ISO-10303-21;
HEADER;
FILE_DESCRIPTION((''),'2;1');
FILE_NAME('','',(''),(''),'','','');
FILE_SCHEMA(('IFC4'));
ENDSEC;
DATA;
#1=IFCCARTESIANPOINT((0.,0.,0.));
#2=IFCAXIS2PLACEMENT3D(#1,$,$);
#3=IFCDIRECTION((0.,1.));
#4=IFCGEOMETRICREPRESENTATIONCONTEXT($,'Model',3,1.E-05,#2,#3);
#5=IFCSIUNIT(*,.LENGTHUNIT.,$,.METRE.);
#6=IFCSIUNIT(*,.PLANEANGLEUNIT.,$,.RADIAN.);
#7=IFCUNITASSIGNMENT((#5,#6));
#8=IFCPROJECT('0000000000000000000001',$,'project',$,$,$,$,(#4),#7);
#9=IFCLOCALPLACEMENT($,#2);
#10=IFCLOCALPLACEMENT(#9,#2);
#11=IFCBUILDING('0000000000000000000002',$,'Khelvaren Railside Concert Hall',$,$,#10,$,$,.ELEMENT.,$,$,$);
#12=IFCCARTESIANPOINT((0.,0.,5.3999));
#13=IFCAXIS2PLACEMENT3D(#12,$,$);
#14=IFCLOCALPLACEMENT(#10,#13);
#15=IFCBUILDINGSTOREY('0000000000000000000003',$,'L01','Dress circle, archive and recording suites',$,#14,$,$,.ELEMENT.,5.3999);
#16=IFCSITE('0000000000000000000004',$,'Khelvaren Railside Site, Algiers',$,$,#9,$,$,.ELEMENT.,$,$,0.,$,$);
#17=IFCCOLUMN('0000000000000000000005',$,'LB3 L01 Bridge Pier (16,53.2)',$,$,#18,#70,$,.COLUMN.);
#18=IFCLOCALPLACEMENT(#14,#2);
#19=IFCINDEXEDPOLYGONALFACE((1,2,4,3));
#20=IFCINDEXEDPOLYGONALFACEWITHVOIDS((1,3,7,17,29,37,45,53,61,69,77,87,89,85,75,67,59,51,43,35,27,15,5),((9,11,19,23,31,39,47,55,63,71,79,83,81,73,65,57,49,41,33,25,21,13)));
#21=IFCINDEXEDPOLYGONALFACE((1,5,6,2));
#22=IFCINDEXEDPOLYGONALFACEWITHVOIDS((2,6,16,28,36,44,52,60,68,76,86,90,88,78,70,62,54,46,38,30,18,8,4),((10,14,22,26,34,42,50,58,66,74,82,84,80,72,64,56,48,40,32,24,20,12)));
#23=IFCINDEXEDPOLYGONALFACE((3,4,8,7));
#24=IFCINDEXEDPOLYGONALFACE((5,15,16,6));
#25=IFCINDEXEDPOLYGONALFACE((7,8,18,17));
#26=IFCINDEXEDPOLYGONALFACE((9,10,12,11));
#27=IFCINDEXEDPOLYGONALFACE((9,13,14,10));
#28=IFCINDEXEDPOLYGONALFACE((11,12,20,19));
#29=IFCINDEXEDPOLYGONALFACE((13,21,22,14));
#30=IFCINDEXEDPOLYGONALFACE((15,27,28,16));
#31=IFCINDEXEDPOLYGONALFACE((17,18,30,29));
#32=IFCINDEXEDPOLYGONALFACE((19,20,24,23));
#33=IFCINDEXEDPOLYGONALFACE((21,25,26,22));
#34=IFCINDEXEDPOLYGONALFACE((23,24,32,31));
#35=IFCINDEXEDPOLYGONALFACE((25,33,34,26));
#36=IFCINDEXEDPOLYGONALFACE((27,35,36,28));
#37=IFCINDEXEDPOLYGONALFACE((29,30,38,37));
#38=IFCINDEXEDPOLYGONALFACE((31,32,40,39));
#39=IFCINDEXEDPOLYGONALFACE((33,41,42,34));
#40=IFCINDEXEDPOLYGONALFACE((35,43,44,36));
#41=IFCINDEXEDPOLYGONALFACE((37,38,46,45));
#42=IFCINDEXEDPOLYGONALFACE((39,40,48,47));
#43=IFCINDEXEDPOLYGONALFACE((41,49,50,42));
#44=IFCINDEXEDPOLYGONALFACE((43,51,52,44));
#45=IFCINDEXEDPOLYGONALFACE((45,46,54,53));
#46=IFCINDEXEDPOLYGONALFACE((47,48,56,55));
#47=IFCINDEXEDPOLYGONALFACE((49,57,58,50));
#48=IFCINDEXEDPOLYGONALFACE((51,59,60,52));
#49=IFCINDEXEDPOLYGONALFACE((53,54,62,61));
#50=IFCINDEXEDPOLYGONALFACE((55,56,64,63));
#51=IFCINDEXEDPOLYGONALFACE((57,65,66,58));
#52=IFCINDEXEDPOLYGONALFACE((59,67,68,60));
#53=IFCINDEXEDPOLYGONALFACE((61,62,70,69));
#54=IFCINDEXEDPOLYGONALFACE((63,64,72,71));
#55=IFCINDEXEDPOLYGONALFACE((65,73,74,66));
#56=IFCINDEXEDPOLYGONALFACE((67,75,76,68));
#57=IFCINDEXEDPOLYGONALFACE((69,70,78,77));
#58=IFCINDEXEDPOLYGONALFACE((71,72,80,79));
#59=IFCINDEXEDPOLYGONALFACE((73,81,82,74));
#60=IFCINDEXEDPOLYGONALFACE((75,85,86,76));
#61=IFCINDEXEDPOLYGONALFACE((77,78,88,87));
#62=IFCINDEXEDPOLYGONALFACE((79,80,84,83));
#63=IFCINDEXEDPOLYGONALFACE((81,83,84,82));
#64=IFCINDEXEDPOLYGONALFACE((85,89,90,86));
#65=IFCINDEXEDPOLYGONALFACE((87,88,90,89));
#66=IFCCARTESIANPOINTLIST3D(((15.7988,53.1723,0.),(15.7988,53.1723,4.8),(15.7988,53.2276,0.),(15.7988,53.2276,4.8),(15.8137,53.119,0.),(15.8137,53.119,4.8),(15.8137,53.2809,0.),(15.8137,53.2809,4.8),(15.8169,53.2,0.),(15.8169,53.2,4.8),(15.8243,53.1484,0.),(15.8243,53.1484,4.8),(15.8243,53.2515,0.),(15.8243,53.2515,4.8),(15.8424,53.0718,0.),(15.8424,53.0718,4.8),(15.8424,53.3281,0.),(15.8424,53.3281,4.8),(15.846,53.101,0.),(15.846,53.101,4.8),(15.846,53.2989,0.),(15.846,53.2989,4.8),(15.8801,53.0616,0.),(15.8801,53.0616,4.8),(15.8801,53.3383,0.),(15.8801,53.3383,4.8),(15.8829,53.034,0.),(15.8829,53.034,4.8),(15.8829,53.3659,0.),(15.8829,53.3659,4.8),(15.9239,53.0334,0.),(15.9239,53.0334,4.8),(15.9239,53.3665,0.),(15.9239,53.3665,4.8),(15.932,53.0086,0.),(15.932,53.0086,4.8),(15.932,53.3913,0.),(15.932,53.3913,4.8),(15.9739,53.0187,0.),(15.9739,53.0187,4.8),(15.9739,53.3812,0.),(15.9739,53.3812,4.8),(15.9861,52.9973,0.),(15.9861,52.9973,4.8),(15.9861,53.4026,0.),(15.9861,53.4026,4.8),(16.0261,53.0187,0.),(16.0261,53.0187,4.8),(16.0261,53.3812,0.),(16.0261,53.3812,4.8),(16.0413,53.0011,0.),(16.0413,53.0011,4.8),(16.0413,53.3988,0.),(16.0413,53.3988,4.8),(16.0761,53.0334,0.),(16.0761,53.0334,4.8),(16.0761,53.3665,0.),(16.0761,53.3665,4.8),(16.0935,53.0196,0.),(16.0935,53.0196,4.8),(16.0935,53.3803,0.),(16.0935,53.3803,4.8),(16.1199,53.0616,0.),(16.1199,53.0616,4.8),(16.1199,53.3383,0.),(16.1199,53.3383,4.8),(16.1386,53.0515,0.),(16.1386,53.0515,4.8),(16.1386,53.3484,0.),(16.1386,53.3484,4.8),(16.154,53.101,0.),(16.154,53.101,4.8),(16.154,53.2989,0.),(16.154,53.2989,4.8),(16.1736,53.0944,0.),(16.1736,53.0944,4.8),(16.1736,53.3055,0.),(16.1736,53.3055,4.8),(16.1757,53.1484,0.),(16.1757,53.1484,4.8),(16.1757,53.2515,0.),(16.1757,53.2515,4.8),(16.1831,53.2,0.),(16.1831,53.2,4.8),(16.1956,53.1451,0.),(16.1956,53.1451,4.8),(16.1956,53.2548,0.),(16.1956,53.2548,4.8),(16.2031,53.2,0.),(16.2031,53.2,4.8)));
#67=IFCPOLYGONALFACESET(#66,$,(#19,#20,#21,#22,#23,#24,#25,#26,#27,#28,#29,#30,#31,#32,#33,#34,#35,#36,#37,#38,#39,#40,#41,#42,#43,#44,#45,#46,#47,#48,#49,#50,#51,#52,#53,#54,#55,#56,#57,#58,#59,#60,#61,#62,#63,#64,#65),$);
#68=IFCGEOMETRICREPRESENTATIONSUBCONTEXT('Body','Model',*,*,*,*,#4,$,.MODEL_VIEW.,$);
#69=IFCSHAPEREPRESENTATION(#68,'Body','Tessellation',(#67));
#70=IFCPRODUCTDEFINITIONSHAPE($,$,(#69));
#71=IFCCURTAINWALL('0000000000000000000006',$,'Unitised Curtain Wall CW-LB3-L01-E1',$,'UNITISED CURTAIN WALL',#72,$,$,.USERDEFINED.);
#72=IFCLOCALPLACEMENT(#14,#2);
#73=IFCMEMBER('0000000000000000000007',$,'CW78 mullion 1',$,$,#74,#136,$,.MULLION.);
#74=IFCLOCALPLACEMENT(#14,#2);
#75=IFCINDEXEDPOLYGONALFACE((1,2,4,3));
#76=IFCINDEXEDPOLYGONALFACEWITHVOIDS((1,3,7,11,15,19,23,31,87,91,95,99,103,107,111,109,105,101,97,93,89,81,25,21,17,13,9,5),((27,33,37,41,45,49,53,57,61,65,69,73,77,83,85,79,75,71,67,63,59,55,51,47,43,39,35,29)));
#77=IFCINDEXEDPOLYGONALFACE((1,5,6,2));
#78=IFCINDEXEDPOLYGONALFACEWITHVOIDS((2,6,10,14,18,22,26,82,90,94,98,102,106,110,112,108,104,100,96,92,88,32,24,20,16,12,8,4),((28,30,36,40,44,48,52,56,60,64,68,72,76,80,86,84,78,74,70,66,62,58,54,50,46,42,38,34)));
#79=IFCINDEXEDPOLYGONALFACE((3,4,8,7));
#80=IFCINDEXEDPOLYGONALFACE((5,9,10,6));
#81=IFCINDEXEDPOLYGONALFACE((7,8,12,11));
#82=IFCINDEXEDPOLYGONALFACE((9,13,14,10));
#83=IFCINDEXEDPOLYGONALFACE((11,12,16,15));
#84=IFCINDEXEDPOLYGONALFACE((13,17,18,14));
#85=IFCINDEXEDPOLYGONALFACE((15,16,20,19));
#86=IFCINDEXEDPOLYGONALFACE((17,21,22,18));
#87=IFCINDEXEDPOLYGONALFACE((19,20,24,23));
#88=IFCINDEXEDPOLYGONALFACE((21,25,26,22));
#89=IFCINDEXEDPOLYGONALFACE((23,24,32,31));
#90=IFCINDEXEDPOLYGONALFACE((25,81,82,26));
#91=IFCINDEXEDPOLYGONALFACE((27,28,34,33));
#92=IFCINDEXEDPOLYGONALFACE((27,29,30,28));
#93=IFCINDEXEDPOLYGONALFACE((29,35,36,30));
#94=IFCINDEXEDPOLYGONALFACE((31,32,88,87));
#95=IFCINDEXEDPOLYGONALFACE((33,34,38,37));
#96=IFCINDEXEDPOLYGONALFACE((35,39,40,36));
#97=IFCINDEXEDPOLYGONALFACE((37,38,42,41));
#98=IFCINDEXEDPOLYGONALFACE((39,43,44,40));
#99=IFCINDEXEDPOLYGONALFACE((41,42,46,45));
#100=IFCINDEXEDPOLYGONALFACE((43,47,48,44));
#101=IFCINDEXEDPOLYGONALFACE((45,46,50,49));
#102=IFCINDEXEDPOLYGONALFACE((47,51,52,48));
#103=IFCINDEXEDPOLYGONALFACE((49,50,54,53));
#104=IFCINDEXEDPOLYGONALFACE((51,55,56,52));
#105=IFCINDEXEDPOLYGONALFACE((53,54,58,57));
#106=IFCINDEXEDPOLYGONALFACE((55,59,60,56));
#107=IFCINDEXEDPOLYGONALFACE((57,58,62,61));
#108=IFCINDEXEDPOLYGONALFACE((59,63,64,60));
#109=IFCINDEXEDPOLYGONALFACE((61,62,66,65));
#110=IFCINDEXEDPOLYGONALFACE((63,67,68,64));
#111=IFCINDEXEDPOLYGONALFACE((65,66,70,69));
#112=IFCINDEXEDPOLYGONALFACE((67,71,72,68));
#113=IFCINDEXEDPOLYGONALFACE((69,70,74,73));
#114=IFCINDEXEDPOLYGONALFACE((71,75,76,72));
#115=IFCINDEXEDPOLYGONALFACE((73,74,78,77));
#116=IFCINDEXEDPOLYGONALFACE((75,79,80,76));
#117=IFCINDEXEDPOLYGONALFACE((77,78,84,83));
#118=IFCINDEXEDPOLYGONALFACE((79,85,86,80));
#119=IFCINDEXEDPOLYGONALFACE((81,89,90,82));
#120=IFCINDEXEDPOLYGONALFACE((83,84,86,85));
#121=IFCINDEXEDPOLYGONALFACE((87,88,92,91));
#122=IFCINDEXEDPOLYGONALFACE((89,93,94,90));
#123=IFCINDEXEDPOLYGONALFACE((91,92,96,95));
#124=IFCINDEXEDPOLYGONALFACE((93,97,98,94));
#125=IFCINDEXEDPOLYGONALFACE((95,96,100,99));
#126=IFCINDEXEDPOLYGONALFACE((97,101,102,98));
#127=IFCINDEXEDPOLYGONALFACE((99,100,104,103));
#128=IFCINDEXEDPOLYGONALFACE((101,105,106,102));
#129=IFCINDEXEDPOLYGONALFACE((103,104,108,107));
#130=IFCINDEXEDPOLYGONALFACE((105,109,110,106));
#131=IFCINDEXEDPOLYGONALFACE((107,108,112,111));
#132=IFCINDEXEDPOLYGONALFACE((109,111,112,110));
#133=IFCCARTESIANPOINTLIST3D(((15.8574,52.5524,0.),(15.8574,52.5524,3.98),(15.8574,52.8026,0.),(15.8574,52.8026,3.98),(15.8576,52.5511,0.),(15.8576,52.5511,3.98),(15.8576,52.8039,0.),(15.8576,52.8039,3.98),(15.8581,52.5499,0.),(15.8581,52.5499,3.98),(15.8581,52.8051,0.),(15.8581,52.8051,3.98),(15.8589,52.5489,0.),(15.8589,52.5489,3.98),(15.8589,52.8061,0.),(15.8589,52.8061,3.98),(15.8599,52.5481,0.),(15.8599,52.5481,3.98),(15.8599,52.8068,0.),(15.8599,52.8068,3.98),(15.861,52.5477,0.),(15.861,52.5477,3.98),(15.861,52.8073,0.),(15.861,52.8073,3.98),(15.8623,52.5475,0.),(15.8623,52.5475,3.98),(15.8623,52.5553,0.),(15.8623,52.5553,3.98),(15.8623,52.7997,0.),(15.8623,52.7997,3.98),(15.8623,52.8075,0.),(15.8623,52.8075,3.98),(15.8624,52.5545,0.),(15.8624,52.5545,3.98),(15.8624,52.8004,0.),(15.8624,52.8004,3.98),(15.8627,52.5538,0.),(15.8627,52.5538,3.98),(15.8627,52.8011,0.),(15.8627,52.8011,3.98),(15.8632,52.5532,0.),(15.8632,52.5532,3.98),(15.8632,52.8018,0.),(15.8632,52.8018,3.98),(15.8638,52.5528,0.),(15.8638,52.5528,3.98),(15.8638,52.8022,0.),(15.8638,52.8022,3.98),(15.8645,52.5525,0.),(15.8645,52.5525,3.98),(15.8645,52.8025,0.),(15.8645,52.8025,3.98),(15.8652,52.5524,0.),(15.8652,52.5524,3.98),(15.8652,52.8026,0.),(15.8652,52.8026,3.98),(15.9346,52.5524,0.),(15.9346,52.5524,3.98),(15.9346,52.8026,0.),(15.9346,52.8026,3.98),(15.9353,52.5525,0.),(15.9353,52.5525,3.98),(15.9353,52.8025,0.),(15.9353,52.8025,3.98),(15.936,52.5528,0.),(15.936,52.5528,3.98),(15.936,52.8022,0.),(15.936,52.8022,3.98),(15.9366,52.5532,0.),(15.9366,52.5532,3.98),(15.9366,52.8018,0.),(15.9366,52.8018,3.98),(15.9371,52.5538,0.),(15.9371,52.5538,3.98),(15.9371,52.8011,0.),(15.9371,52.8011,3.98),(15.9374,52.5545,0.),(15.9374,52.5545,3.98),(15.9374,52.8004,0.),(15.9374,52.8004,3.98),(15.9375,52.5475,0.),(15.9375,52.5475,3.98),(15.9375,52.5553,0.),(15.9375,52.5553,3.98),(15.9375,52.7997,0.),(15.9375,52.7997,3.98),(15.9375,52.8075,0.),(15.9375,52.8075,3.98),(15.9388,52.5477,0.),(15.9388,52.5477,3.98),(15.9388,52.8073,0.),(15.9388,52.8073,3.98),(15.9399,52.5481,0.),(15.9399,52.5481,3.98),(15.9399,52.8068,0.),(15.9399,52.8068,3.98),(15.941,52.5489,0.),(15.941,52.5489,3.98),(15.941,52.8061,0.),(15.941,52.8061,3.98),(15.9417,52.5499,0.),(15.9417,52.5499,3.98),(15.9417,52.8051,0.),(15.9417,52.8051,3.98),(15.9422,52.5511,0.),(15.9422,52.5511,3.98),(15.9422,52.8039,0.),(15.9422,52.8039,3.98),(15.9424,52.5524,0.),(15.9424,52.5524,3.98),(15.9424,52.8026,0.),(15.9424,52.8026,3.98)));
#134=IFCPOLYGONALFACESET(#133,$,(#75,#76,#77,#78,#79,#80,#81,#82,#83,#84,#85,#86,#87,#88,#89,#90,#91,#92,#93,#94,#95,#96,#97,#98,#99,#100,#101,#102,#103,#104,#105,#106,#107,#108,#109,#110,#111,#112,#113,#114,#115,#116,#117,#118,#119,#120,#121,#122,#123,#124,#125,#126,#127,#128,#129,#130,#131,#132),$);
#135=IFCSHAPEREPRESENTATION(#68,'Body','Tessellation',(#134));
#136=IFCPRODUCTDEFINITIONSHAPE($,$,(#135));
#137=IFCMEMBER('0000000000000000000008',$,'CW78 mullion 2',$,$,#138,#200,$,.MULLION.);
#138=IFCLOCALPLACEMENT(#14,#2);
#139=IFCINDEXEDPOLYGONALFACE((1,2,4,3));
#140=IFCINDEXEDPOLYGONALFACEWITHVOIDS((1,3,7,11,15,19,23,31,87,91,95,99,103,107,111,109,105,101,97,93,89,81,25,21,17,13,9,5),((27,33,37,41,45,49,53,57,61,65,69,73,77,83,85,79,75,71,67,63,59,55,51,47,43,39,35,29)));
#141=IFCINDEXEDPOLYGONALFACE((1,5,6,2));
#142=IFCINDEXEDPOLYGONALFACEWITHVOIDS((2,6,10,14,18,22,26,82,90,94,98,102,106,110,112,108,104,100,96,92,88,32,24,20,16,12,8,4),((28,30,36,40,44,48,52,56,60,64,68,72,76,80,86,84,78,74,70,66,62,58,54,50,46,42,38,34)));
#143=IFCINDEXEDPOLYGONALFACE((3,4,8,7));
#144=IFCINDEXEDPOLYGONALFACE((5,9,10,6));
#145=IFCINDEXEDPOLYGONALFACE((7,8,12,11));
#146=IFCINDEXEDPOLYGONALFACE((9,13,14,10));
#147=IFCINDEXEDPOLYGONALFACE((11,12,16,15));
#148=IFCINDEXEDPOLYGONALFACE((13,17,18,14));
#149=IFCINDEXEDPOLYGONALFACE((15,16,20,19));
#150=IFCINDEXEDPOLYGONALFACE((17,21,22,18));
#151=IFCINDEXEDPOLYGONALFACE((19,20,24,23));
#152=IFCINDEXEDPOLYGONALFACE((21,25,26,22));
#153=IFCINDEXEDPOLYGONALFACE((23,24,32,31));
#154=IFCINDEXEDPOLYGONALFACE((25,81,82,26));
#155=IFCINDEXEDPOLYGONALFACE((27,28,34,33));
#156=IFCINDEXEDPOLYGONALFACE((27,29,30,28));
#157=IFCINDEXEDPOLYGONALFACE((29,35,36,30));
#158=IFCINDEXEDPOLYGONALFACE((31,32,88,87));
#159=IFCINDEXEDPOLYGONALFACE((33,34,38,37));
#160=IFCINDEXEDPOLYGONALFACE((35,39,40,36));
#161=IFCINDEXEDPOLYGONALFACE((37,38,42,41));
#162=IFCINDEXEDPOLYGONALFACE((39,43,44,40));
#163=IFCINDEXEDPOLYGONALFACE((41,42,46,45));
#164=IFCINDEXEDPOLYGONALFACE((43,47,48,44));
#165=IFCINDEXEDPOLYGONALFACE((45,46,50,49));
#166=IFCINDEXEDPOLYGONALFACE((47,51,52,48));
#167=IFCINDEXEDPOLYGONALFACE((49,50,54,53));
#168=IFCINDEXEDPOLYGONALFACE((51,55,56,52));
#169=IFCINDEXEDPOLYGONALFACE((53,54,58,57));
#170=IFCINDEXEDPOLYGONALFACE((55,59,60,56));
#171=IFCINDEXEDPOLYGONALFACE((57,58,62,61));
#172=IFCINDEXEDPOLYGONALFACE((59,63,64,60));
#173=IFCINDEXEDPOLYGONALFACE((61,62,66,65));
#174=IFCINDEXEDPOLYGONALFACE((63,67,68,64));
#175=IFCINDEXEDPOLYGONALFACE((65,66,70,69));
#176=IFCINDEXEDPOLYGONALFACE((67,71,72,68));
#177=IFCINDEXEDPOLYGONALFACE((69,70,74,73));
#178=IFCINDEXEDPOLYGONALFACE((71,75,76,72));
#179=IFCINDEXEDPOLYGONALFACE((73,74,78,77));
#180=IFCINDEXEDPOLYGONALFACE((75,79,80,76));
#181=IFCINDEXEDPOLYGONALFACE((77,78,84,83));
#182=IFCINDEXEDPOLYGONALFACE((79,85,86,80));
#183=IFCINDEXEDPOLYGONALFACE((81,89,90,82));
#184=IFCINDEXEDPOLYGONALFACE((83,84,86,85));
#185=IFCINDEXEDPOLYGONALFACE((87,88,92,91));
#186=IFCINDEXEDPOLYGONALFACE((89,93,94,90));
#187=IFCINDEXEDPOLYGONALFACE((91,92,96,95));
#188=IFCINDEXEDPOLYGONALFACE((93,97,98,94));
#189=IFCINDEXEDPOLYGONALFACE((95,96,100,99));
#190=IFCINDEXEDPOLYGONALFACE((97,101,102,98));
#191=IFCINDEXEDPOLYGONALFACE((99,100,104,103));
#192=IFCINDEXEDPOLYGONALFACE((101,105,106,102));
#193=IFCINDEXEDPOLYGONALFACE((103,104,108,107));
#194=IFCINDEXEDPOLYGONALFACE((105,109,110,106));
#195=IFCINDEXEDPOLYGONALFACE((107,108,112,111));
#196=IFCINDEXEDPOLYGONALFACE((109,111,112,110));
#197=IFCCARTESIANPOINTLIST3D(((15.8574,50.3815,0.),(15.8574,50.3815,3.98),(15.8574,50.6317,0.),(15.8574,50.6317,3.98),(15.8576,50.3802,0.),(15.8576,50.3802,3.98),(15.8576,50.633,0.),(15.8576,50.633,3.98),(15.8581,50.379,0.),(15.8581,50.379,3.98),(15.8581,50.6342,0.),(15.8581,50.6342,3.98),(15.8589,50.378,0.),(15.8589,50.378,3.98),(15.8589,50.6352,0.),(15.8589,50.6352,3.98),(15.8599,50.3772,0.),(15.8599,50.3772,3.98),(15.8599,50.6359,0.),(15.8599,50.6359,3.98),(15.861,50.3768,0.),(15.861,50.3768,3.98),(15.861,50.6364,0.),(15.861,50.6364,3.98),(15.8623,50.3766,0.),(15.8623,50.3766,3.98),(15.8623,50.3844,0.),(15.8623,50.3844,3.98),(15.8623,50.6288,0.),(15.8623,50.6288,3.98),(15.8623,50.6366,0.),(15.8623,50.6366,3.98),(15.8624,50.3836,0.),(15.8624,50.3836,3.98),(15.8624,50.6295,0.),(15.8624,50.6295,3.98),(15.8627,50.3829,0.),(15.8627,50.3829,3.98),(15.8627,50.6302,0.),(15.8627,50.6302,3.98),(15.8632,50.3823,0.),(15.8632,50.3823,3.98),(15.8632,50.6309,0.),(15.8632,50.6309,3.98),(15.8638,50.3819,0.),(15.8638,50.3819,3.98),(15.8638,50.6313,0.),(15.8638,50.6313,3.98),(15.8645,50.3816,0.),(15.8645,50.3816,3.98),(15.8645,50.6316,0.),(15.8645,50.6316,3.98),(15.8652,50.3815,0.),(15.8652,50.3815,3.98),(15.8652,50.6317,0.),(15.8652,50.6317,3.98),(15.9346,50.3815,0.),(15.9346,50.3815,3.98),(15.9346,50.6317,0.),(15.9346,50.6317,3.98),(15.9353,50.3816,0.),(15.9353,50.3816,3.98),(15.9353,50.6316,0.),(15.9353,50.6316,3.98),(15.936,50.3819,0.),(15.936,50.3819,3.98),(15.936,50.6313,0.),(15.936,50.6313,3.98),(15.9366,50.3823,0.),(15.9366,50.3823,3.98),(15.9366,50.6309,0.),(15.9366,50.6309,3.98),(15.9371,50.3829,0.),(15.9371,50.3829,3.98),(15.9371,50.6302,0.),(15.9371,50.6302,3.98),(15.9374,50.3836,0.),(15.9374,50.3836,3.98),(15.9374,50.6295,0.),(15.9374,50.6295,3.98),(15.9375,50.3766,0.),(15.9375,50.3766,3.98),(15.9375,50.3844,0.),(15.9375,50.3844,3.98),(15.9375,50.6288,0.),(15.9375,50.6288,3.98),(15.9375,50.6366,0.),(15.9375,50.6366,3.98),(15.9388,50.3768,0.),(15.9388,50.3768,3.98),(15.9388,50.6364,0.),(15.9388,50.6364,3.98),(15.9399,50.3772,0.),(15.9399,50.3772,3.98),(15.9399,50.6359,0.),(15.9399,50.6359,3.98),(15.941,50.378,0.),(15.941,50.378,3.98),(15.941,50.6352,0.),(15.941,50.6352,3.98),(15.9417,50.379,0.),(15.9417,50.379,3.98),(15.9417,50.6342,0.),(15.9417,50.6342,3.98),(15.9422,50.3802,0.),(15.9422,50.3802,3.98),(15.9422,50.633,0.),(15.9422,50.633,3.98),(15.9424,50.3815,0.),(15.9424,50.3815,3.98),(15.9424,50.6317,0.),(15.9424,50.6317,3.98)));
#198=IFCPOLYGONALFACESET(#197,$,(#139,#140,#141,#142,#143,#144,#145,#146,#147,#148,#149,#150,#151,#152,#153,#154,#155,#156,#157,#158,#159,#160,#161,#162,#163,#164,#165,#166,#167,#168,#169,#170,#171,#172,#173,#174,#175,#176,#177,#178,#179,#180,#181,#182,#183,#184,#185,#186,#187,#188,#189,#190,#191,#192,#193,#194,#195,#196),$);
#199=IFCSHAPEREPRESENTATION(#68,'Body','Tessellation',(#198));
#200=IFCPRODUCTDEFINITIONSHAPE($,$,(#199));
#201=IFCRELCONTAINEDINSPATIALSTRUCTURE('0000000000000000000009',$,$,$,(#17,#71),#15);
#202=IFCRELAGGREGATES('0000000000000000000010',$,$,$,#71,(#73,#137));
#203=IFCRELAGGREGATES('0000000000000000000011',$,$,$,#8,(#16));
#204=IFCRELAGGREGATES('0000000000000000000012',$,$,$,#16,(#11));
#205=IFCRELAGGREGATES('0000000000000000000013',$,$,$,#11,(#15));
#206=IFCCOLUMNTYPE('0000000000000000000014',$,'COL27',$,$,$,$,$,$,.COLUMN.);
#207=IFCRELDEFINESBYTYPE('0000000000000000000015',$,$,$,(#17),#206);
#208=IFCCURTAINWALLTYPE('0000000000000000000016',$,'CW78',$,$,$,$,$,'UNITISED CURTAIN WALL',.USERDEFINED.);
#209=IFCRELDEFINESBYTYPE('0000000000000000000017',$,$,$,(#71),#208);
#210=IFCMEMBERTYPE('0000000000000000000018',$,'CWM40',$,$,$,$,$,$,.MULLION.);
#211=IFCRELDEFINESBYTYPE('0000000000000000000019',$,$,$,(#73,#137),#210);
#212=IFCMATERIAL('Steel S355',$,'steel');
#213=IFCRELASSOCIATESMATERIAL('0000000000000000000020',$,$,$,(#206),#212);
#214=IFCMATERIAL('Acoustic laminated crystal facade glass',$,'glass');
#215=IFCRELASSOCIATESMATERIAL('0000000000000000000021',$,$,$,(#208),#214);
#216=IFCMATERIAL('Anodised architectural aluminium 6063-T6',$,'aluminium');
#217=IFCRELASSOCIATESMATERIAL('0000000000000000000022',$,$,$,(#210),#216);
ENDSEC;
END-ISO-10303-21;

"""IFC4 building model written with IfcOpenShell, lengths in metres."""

from ifc_helpers import new_model, si_unit, direction, frame, origin, origin_2d, place, context, subcontext, project, spatial, hollow_rectangle, hollow_circle, extrude, material, material_profile, profile_set, type_object, element, aggregate, save


model = new_model("IFC4")

# Units and contexts
model_context = context("Model", 3, precision=1e-05, world=origin(), true_north=direction((0.0, 1.0)))
body_context = subcontext(model_context, "Body", "Model", "MODEL_VIEW")
ifc_project = project(units=[si_unit("LENGTHUNIT", "METRE"), si_unit("PLANEANGLEUNIT", "RADIAN")], contexts=[model_context])

# Site, building, storey
site_placement = place(None, origin())
site = spatial("IfcSite", under=ifc_project, at=site_placement, Name="Khelvaren Railside Site, Algiers", CompositionType="ELEMENT", RefElevation=0.0)
building_placement = place(site_placement, origin())
building = spatial("IfcBuilding", under=site, at=building_placement, Name="Khelvaren Railside Concert Hall", CompositionType="ELEMENT")
storey_placement = place(building_placement, frame((0.0, 0.0, 5.3999)))
storey = spatial("IfcBuildingStorey", under=building, at=storey_placement, Name="L01", Description="Dress circle, archive and recording suites", CompositionType="ELEMENT", Elevation=5.3999)

# Column
ifc_material_1 = material(Name="Steel S355", Category="steel")
ifc_material_profile_1 = material_profile(ifc_material_1, hollow_circle(Radius=0.2031, WallThickness=0.02, at=origin_2d()), Name="CHS 406.4x20")
ifc_profile_set_1 = profile_set([ifc_material_profile_1], Name="Steel S355")
column_type = type_object("IfcColumnType", Name="COL27", PredefinedType="COLUMN", material=ifc_profile_set_1)
column_placement = place(storey_placement, frame((16.0, 53.2, 0.0), z_axis=(0.0, 0.0, 1.0), x_axis=(1.0, 0.0, 0.0)))
element("IfcColumn", 1, at=column_placement, inside=storey, type_object=column_type, Name="LB3 L01 Bridge Pier (16,53.2)", PredefinedType="COLUMN", context=body_context, shape_type="SweptSolid", body=[
    extrude(hollow_circle(Radius=0.2031, WallThickness=0.02, at=origin_2d()), origin(), (0.0, 0.0, 1.0), 4.8),
])

# Curtain wall, members
ifc_material_2 = material(Name="Acoustic laminated crystal facade glass", Category="glass")
curtain_wall_type = type_object("IfcCurtainWallType", Name="CW78", ElementType="UNITISED CURTAIN WALL", PredefinedType="USERDEFINED", material=ifc_material_2)
curtain_wall_1_placement = place(storey_placement, origin())
curtain_wall_1 = element("IfcCurtainWall", 2, at=curtain_wall_1_placement, inside=storey, type_object=curtain_wall_type, Name="Unitised Curtain Wall CW-LB3-L01-E1", ObjectType="UNITISED CURTAIN WALL", PredefinedType="USERDEFINED")
ifc_material_3 = material(Name="Anodised architectural aluminium 6063-T6", Category="aluminium")
ifc_material_profile_2 = material_profile(ifc_material_3, hollow_rectangle(XDim=0.085, YDim=0.26, WallThickness=0.0049, InnerFilletRadius=0.0029, OuterFilletRadius=0.0049, at=origin_2d()), Name="CWM 85x260x5")
ifc_profile_set_2 = profile_set([ifc_material_profile_2], Name="Anodised architectural aluminium 6063-T6")
member_type_1 = type_object("IfcMemberType", Name="CWM40", PredefinedType="MULLION", material=ifc_profile_set_2)
member_1_placement = place(storey_placement, frame((15.8999, 52.6775, 0.0), z_axis=(0.0, 0.0, 1.0), x_axis=(1.0, 0.0, 0.0)))
member_1 = element("IfcMember", 3, at=member_1_placement, type_object=member_type_1, Name="CW78 mullion 1", PredefinedType="MULLION", context=body_context, shape_type="SweptSolid", body=[
    extrude(hollow_rectangle(XDim=0.085, YDim=0.26, WallThickness=0.0049, InnerFilletRadius=0.0029, OuterFilletRadius=0.0049, at=origin_2d()), origin(), (0.0, 0.0, 1.0), 3.98),
])
member_2_placement = place(storey_placement, frame((15.8999, 50.5066, 0.0), z_axis=(0.0, 0.0, 1.0), x_axis=(1.0, 0.0, 0.0)))
member_2 = element("IfcMember", 4, at=member_2_placement, type_object=member_type_1, Name="CW78 mullion 2", PredefinedType="MULLION", context=body_context, shape_type="SweptSolid", body=[
    extrude(hollow_rectangle(XDim=0.085, YDim=0.26, WallThickness=0.0049, InnerFilletRadius=0.0029, OuterFilletRadius=0.0049, at=origin_2d()), origin(), (0.0, 0.0, 1.0), 3.98),
])

aggregate(curtain_wall_1, [member_1, member_2])

save(model, "model.ifc")
